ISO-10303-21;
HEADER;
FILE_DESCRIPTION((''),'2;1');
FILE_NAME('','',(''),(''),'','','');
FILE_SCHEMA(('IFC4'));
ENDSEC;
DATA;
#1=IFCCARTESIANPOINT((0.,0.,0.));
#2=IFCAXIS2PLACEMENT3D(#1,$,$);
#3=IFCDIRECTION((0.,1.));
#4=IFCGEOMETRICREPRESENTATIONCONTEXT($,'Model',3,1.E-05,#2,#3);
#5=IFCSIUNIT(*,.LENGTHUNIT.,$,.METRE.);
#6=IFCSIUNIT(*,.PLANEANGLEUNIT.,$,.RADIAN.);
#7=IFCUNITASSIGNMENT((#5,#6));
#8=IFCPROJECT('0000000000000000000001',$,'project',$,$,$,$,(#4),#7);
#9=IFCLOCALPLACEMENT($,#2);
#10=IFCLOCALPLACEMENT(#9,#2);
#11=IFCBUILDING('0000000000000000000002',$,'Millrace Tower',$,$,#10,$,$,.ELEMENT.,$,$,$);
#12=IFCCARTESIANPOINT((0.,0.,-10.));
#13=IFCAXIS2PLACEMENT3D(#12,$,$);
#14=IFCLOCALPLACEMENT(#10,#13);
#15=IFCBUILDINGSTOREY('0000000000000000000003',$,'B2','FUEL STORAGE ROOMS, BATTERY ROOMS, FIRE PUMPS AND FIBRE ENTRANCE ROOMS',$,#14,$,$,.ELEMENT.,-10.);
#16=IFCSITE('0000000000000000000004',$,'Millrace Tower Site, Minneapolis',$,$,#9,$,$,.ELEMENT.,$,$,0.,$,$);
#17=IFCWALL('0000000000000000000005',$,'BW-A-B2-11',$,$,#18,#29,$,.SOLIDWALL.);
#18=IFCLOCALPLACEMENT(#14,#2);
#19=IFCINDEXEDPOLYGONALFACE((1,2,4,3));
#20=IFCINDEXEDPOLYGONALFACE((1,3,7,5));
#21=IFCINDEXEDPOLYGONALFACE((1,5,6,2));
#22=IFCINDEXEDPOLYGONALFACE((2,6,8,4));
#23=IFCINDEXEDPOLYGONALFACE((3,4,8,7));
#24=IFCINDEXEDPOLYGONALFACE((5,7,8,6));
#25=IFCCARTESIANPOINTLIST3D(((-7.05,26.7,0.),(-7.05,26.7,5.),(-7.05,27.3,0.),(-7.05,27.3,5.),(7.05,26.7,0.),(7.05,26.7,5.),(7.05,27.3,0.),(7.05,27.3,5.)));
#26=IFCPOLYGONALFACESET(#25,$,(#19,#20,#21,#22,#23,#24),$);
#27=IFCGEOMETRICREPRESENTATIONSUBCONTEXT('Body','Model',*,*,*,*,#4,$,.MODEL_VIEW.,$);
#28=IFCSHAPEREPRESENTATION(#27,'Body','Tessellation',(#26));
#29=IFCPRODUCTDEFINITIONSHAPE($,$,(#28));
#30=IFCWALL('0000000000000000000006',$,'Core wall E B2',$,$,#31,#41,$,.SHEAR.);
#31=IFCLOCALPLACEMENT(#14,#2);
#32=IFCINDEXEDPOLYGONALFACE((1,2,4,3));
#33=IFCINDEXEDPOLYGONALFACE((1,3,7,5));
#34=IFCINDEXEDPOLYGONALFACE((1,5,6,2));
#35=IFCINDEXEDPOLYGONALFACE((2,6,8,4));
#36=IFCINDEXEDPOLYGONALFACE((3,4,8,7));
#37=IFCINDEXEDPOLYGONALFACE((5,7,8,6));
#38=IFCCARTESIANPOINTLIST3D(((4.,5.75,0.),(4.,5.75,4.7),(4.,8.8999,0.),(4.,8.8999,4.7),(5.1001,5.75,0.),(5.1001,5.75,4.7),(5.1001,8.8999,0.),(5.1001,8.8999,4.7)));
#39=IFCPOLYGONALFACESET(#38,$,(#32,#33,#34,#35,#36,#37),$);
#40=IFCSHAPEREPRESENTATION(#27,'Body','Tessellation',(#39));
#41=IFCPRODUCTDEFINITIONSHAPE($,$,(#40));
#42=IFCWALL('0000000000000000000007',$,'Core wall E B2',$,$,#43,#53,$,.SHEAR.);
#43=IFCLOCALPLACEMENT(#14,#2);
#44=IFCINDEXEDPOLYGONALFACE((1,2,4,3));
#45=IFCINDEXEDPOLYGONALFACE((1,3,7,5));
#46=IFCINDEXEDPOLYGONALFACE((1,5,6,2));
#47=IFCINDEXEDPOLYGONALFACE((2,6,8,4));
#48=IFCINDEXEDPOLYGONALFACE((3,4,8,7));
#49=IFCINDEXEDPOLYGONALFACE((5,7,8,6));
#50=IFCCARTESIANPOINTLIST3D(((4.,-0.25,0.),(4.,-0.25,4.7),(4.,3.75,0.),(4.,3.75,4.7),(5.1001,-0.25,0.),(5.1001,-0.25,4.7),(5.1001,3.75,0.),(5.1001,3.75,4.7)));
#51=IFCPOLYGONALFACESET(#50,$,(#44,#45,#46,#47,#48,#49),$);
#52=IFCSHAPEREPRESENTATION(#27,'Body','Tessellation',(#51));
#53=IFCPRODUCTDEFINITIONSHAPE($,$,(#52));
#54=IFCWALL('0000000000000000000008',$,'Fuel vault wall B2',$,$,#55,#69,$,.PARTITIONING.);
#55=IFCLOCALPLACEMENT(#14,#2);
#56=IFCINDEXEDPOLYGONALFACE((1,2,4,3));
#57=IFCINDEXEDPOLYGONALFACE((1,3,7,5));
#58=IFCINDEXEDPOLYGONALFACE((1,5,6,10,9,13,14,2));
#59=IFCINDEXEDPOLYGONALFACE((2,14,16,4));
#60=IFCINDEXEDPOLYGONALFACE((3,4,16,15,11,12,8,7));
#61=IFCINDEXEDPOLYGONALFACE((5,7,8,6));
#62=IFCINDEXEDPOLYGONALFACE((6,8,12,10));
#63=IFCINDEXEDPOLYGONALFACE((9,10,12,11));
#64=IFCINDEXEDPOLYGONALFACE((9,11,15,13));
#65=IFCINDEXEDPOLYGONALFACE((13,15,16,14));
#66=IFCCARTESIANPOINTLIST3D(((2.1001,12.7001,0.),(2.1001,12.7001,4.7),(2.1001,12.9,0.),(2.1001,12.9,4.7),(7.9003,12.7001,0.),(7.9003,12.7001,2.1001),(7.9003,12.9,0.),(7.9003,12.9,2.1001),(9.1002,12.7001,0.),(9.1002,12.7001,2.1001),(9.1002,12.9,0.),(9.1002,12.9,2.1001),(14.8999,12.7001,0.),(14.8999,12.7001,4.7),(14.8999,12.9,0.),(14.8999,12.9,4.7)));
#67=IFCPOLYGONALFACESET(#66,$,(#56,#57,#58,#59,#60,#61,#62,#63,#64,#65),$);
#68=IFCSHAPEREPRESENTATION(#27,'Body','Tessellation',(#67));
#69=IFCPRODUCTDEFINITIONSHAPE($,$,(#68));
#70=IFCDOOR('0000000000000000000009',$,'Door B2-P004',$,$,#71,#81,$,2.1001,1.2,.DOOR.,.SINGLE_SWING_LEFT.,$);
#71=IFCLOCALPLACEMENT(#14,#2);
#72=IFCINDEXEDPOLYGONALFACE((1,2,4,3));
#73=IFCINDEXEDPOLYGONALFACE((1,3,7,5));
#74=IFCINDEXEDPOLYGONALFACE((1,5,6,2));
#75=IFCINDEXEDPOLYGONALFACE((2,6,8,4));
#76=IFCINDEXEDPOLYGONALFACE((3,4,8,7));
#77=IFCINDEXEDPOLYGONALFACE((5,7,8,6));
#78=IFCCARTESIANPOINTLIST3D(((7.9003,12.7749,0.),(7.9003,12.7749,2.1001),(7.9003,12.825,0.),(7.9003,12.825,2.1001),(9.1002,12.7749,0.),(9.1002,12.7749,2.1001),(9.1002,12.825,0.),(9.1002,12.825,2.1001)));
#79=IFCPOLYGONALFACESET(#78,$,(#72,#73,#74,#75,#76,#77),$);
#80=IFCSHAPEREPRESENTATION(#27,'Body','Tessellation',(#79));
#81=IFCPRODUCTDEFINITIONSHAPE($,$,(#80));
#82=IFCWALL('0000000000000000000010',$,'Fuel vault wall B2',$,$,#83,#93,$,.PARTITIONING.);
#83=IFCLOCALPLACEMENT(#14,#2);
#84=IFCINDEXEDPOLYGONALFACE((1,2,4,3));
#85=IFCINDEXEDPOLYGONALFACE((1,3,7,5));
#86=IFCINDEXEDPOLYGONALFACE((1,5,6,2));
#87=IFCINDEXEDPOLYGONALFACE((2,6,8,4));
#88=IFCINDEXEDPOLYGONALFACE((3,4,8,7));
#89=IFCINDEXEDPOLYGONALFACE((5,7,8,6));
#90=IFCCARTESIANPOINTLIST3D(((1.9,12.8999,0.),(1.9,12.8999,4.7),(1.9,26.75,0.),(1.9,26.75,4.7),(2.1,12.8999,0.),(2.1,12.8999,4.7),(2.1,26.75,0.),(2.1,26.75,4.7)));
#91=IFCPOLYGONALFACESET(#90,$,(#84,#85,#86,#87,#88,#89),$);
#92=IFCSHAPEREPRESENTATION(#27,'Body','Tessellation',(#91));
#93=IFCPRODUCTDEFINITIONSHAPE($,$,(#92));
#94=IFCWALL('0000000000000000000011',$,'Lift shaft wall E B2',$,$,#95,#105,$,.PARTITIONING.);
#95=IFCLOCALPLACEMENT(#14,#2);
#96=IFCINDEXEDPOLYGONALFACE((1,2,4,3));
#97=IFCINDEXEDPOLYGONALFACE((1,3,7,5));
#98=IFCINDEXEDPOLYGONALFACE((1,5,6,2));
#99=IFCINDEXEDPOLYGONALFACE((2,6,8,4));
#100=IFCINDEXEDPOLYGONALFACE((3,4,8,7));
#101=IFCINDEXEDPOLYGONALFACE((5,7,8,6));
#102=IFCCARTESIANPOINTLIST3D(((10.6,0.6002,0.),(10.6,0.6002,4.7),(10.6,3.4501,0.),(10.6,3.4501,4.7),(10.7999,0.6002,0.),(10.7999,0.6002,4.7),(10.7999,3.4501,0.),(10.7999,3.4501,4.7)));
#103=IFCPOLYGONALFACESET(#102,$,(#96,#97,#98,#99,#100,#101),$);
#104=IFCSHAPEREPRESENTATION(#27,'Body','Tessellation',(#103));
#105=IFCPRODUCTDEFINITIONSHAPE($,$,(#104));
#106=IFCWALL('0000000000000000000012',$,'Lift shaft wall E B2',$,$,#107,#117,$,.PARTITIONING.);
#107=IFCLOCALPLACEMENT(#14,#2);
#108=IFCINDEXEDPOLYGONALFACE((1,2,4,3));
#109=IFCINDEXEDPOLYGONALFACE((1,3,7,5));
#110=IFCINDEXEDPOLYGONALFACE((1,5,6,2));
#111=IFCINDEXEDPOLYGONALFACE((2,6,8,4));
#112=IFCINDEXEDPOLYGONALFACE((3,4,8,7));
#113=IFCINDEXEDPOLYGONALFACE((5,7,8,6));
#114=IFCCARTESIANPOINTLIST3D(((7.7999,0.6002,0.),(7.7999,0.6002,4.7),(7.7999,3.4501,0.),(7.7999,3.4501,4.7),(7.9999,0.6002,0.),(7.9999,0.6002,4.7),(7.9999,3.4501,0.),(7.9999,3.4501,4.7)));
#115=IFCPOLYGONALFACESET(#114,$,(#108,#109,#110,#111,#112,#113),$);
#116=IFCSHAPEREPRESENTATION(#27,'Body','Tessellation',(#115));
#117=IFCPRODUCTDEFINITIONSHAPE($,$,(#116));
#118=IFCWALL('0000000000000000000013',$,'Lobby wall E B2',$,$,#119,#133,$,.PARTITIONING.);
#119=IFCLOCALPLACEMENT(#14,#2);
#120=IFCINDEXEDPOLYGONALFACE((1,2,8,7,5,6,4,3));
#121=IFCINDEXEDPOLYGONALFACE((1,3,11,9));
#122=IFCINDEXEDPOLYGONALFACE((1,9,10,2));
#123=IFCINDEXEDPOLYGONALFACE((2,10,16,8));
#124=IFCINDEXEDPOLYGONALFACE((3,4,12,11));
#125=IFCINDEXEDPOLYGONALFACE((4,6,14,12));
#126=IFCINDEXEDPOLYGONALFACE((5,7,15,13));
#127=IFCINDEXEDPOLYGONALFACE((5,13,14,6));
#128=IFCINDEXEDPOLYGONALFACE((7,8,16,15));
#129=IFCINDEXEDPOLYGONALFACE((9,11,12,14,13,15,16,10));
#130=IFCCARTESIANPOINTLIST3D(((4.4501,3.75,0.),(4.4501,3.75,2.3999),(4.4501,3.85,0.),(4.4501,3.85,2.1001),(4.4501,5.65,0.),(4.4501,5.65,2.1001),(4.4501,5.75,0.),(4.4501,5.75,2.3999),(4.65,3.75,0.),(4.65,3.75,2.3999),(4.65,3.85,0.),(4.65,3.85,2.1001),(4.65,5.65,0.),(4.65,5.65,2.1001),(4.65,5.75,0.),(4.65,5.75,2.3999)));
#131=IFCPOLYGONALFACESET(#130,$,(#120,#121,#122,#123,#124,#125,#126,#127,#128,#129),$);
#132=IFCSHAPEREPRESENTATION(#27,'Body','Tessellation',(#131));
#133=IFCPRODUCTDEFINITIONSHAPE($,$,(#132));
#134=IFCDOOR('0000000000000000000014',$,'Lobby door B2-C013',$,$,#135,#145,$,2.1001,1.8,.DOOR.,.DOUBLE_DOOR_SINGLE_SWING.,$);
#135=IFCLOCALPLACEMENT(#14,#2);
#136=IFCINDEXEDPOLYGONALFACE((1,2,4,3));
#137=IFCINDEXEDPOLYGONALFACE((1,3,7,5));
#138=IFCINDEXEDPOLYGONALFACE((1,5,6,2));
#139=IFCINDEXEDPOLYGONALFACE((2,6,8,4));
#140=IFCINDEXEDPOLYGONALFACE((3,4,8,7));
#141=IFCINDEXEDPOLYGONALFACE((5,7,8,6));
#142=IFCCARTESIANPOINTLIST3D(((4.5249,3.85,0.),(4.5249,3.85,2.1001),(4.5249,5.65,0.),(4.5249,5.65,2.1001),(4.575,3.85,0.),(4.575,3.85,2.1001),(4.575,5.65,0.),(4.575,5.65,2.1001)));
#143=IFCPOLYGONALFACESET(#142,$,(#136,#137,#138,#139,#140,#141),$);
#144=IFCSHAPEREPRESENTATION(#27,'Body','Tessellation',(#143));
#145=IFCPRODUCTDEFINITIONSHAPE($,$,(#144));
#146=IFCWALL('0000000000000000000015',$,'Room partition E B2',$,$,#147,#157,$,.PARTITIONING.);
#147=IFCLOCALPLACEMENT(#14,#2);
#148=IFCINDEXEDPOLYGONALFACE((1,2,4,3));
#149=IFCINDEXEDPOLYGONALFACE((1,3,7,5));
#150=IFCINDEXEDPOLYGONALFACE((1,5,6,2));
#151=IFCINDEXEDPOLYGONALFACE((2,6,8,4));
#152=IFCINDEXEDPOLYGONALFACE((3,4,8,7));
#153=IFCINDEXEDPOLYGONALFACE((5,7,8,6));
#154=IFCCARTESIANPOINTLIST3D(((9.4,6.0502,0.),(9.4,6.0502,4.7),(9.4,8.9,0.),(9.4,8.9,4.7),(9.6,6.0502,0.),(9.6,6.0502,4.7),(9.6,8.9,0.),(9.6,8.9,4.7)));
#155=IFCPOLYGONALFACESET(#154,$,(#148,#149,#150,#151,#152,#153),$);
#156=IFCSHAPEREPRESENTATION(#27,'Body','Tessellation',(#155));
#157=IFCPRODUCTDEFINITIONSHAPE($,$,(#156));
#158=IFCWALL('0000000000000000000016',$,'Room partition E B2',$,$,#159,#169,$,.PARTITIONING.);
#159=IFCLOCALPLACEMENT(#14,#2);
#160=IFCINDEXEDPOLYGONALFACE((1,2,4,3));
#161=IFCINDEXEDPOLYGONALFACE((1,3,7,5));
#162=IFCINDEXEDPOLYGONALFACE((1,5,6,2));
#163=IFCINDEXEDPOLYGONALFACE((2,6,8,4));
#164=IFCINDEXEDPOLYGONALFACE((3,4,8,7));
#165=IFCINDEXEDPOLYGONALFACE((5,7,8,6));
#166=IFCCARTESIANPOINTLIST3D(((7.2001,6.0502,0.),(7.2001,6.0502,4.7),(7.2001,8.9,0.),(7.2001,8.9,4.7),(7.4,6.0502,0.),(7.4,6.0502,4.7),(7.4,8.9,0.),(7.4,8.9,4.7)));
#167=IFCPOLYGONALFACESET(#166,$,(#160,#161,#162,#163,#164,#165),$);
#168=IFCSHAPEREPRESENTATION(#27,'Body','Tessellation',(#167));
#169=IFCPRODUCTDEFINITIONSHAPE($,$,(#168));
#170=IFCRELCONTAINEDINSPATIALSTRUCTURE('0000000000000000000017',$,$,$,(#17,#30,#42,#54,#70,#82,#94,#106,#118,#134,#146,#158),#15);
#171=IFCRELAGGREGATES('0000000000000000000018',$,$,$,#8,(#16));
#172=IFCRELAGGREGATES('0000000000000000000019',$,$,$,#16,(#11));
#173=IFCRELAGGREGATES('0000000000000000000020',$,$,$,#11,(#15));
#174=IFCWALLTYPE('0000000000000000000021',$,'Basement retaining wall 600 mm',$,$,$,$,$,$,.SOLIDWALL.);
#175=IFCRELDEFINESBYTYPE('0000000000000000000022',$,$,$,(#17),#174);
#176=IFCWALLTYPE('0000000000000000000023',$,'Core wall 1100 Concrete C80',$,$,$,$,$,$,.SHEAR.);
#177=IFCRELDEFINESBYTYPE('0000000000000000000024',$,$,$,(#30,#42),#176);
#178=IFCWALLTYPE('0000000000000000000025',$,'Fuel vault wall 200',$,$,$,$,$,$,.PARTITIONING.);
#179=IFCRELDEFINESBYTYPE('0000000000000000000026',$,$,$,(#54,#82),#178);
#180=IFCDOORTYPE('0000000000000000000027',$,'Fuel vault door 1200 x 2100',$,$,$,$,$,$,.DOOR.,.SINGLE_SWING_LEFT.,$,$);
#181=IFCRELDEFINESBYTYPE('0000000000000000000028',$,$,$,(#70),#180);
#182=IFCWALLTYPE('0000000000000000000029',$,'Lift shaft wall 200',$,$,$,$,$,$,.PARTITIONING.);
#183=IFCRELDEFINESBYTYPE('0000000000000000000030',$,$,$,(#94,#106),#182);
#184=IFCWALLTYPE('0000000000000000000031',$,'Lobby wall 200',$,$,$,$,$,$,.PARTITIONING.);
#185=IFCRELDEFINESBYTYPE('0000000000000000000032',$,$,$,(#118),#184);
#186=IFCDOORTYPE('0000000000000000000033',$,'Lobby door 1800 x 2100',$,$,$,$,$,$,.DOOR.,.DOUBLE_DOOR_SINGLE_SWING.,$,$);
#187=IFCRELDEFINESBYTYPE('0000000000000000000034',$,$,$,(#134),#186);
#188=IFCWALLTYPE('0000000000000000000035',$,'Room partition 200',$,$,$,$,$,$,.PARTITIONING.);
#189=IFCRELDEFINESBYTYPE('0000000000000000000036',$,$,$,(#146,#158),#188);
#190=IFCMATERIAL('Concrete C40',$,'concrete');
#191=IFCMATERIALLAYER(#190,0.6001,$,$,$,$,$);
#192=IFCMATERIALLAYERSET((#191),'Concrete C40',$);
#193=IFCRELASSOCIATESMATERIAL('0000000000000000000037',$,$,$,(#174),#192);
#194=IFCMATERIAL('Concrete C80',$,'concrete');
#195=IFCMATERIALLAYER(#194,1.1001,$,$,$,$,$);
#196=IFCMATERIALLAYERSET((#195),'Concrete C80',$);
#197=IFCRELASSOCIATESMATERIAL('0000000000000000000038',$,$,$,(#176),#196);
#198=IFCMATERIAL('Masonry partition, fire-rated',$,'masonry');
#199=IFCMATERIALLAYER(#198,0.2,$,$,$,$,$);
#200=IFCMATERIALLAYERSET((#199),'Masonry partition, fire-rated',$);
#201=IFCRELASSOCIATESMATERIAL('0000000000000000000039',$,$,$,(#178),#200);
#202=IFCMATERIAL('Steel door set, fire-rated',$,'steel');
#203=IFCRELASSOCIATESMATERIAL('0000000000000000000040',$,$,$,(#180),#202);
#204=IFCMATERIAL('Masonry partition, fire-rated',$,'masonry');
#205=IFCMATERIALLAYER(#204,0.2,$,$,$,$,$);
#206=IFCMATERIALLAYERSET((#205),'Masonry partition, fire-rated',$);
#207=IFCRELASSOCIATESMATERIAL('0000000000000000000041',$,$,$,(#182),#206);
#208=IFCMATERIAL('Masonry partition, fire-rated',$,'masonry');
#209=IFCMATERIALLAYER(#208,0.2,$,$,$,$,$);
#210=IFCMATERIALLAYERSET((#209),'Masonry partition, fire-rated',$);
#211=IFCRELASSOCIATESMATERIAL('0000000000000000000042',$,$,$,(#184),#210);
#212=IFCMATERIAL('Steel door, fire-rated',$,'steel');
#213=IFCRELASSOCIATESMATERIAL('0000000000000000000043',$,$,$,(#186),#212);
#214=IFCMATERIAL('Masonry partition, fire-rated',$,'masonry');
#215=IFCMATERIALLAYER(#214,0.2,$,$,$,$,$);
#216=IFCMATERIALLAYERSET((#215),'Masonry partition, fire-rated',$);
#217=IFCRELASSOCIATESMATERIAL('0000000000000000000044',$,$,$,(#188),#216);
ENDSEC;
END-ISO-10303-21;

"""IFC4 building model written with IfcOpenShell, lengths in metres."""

from ifc_helpers import new_model, si_unit, direction, frame, frame_2d, origin, place, context, subcontext, project, spatial, rectangle, extrude, material, layer, layer_set, type_object, element, fill, save


model = new_model("IFC4")

# Units and contexts
model_context = context("Model", 3, precision=1e-05, world=origin(), true_north=direction((0.0, 1.0)))
body_context = subcontext(model_context, "Body", "Model", "MODEL_VIEW")
ifc_project = project(units=[si_unit("LENGTHUNIT", "METRE"), si_unit("PLANEANGLEUNIT", "RADIAN")], contexts=[model_context])

# Site, building, storey
site_placement = place(None, origin())
site = spatial("IfcSite", under=ifc_project, at=site_placement, Name="Millrace Tower Site, Minneapolis", CompositionType="ELEMENT", RefElevation=0.0)
building_placement = place(site_placement, origin())
building = spatial("IfcBuilding", under=site, at=building_placement, Name="Millrace Tower", CompositionType="ELEMENT")
storey_placement = place(building_placement, frame((0.0, 0.0, -10.0)))
storey = spatial("IfcBuildingStorey", under=building, at=storey_placement, Name="B2", Description="FUEL STORAGE ROOMS, BATTERY ROOMS, FIRE PUMPS AND FIBRE ENTRANCE ROOMS", CompositionType="ELEMENT", Elevation=-10.0)

# Shared definitions
placement_1 = place(storey_placement, frame((7.05, 27.0, 0.0), z_axis=(0.0, 0.0, 1.0), x_axis=(-1.0, 0.0, 0.0)))

# Walls
ifc_material_1 = material(Name="Concrete C40", Category="concrete")
ifc_layer_1 = layer(ifc_material_1, 0.6001)
ifc_layer_set_1 = layer_set([ifc_layer_1], Name="Concrete C40")
wall_type_1 = type_object("IfcWallType", Name="Basement retaining wall 600 mm", PredefinedType="SOLIDWALL", material=ifc_layer_set_1)
element("IfcWall", 1, at=placement_1, inside=storey, type_object=wall_type_1, Name="BW-A-B2-11", PredefinedType="SOLIDWALL", context=body_context, shape_type="SweptSolid", body=[
    extrude(rectangle(XDim=14.1001, YDim=0.6001, at=frame_2d((7.05, 0.0))), origin(), (0.0, 0.0, 1.0), 5.0),
])
ifc_material_2 = material(Name="Concrete C80", Category="concrete")
ifc_layer_2 = layer(ifc_material_2, 1.1001)
ifc_layer_set_2 = layer_set([ifc_layer_2], Name="Concrete C80")
wall_type_2 = type_object("IfcWallType", Name="Core wall 1100 Concrete C80", PredefinedType="SHEAR", material=ifc_layer_set_2)
wall_1_placement = place(storey_placement, frame((4.55, 8.8999, 0.0), z_axis=(0.0, 0.0, 1.0), x_axis=(0.0, -1.0, 0.0)))
element("IfcWall", 2, at=wall_1_placement, inside=storey, type_object=wall_type_2, Name="Core wall E B2", PredefinedType="SHEAR", context=body_context, shape_type="SweptSolid", body=[
    extrude(rectangle(XDim=3.1499, YDim=1.1001, at=frame_2d((1.575, 0.0))), origin(), (0.0, 0.0, 1.0), 4.7),
])
wall_2_placement = place(storey_placement, frame((4.55, 3.75, 0.0), z_axis=(0.0, 0.0, 1.0), x_axis=(0.0, -1.0, 0.0)))
element("IfcWall", 3, at=wall_2_placement, inside=storey, type_object=wall_type_2, Name="Core wall E B2", PredefinedType="SHEAR", context=body_context, shape_type="SweptSolid", body=[
    extrude(rectangle(XDim=4.0, YDim=1.1001, at=frame_2d((2.0, 0.0))), origin(), (0.0, 0.0, 1.0), 4.7),
])

# Wall, opening, door
ifc_material_3 = material(Name="Masonry partition, fire-rated", Category="masonry")
ifc_layer_3 = layer(ifc_material_3, 0.2)
ifc_layer_set_3 = layer_set([ifc_layer_3], Name="Masonry partition, fire-rated")
wall_type_3 = type_object("IfcWallType", Name="Fuel vault wall 200", PredefinedType="PARTITIONING", material=ifc_layer_set_3)
wall_3_placement = place(storey_placement, frame((2.1001, 12.8, 0.0), z_axis=(0.0, 0.0, 1.0), x_axis=(1.0, 0.0, 0.0)))
wall_3 = element("IfcWall", 4, at=wall_3_placement, inside=storey, type_object=wall_type_3, Name="Fuel vault wall B2", PredefinedType="PARTITIONING", context=body_context, shape_type="SweptSolid", body=[
    extrude(rectangle(XDim=12.7998, YDim=0.2, at=frame_2d((6.3999, 0.0))), origin(), (0.0, 0.0, 1.0), 4.7),
])
opening_1_placement = place(wall_3_placement, frame((5.8, 0.0, 0.0)))
opening_1 = element("IfcOpeningElement", 5, at=opening_1_placement, cuts=wall_3, PredefinedType="OPENING", context=body_context, shape_type="SweptSolid", body=[
    extrude(rectangle(XDim=1.2, YDim=2.1001, at=frame_2d((0.6001, 1.05))), frame((0.0, 0.1099, 0.0), z_axis=(0.0, -1.0, 0.0), x_axis=(1.0, 0.0, 0.0)), (0.0, 0.0, 1.0), 0.22),
])
ifc_material_4 = material(Name="Steel door set, fire-rated", Category="steel")
door_type_1 = type_object("IfcDoorType", Name="Fuel vault door 1200 x 2100", OperationType="SINGLE_SWING_LEFT", PredefinedType="DOOR", material=ifc_material_4)
door_1_placement = place(opening_1_placement, origin())
door_1 = element("IfcDoor", 6, at=door_1_placement, inside=storey, type_object=door_type_1, Name="Door B2-P004", OperationType="SINGLE_SWING_LEFT", OverallHeight=2.1001, OverallWidth=1.2, PredefinedType="DOOR", context=body_context, shape_type="SweptSolid", body=[
    extrude(rectangle(XDim=1.2, YDim=2.1001, at=frame_2d((0.6001, 1.05))), frame((0.0, 0.0249, 0.0), z_axis=(0.0, -1.0, 0.0), x_axis=(1.0, 0.0, 0.0)), (0.0, 0.0, 1.0), 0.05),
])
fill(opening_1, door_1)

# Walls
wall_4_placement = place(storey_placement, frame((2.0, 12.8999, 0.0), z_axis=(0.0, 0.0, 1.0), x_axis=(0.0, 1.0, 0.0)))
element("IfcWall", 7, at=wall_4_placement, inside=storey, type_object=wall_type_3, Name="Fuel vault wall B2", PredefinedType="PARTITIONING", context=body_context, shape_type="SweptSolid", body=[
    extrude(rectangle(XDim=13.8501, YDim=0.2, at=frame_2d((6.925, 0.0))), origin(), (0.0, 0.0, 1.0), 4.7),
])
ifc_material_5 = material(Name="Masonry partition, fire-rated", Category="masonry")
ifc_layer_4 = layer(ifc_material_5, 0.2)
ifc_layer_set_4 = layer_set([ifc_layer_4], Name="Masonry partition, fire-rated")
wall_type_4 = type_object("IfcWallType", Name="Lift shaft wall 200", PredefinedType="PARTITIONING", material=ifc_layer_set_4)
for number, where, z_axis, x_axis, name in (
    (8, (10.7, 3.45, 0.0), (0.0, 0.0, 1.0), (0.0, -1.0, 0.0), "Lift shaft wall E B2"),
    (9, (7.8999, 3.45, 0.0), (0.0, 0.0, 1.0), (0.0, -1.0, 0.0), "Lift shaft wall E B2"),
):
    element("IfcWall", number, at=place(storey_placement, frame(where, z_axis=z_axis, x_axis=x_axis)), inside=storey, type_object=wall_type_4, Name=name, PredefinedType="PARTITIONING", context=body_context, shape_type="SweptSolid", body=[
        extrude(rectangle(XDim=2.8499, YDim=0.2, at=frame_2d((1.4248, 0.0))), origin(), (0.0, 0.0, 1.0), 4.7),
    ])

# Wall, opening, door
ifc_material_6 = material(Name="Masonry partition, fire-rated", Category="masonry")
ifc_layer_5 = layer(ifc_material_6, 0.2)
ifc_layer_set_5 = layer_set([ifc_layer_5], Name="Masonry partition, fire-rated")
wall_type_5 = type_object("IfcWallType", Name="Lobby wall 200", PredefinedType="PARTITIONING", material=ifc_layer_set_5)
wall_5_placement = place(storey_placement, frame((4.55, 5.75, 0.0), z_axis=(0.0, 0.0, 1.0), x_axis=(0.0, -1.0, 0.0)))
wall_5 = element("IfcWall", 10, at=wall_5_placement, inside=storey, type_object=wall_type_5, Name="Lobby wall E B2", PredefinedType="PARTITIONING", context=body_context, shape_type="SweptSolid", body=[
    extrude(rectangle(XDim=2.0, YDim=0.2, at=frame_2d((1.0, 0.0))), origin(), (0.0, 0.0, 1.0), 2.3999),
])
opening_2_placement = place(wall_5_placement, frame((0.1001, 0.0, 0.0)))
opening_2 = element("IfcOpeningElement", 11, at=opening_2_placement, cuts=wall_5, PredefinedType="OPENING", context=body_context, shape_type="SweptSolid", body=[
    extrude(rectangle(XDim=1.8, YDim=2.1001, at=frame_2d((0.8999, 1.05))), frame((0.0, 0.1099, 0.0), z_axis=(0.0, -1.0, 0.0), x_axis=(1.0, 0.0, 0.0)), (0.0, 0.0, 1.0), 0.22),
])
ifc_material_7 = material(Name="Steel door, fire-rated", Category="steel")
door_type_2 = type_object("IfcDoorType", Name="Lobby door 1800 x 2100", OperationType="DOUBLE_DOOR_SINGLE_SWING", PredefinedType="DOOR", material=ifc_material_7)
door_2_placement = place(opening_2_placement, origin())
door_2 = element("IfcDoor", 12, at=door_2_placement, inside=storey, type_object=door_type_2, Name="Lobby door B2-C013", OperationType="DOUBLE_DOOR_SINGLE_SWING", OverallHeight=2.1001, OverallWidth=1.8, PredefinedType="DOOR", context=body_context, shape_type="SweptSolid", body=[
    extrude(rectangle(XDim=1.8, YDim=2.1001, at=frame_2d((0.8999, 1.05))), frame((0.0, 0.0249, 0.0), z_axis=(0.0, -1.0, 0.0), x_axis=(1.0, 0.0, 0.0)), (0.0, 0.0, 1.0), 0.05),
])
fill(opening_2, door_2)

# Walls
ifc_material_8 = material(Name="Masonry partition, fire-rated", Category="masonry")
ifc_layer_6 = layer(ifc_material_8, 0.2)
ifc_layer_set_6 = layer_set([ifc_layer_6], Name="Masonry partition, fire-rated")
wall_type_6 = type_object("IfcWallType", Name="Room partition 200", PredefinedType="PARTITIONING", material=ifc_layer_set_6)
for number, where, z_axis, x_axis, name in (
    (13, (9.5, 8.8999, 0.0), (0.0, 0.0, 1.0), (0.0, -1.0, 0.0), "Room partition E B2"),
    (14, (7.3, 8.8999, 0.0), (0.0, 0.0, 1.0), (0.0, -1.0, 0.0), "Room partition E B2"),
):
    element("IfcWall", number, at=place(storey_placement, frame(where, z_axis=z_axis, x_axis=x_axis)), inside=storey, type_object=wall_type_6, Name=name, PredefinedType="PARTITIONING", context=body_context, shape_type="SweptSolid", body=[
        extrude(rectangle(XDim=2.8499, YDim=0.2, at=frame_2d((1.4248, 0.0))), origin(), (0.0, 0.0, 1.0), 4.7),
    ])

save(model, "model.ifc")
